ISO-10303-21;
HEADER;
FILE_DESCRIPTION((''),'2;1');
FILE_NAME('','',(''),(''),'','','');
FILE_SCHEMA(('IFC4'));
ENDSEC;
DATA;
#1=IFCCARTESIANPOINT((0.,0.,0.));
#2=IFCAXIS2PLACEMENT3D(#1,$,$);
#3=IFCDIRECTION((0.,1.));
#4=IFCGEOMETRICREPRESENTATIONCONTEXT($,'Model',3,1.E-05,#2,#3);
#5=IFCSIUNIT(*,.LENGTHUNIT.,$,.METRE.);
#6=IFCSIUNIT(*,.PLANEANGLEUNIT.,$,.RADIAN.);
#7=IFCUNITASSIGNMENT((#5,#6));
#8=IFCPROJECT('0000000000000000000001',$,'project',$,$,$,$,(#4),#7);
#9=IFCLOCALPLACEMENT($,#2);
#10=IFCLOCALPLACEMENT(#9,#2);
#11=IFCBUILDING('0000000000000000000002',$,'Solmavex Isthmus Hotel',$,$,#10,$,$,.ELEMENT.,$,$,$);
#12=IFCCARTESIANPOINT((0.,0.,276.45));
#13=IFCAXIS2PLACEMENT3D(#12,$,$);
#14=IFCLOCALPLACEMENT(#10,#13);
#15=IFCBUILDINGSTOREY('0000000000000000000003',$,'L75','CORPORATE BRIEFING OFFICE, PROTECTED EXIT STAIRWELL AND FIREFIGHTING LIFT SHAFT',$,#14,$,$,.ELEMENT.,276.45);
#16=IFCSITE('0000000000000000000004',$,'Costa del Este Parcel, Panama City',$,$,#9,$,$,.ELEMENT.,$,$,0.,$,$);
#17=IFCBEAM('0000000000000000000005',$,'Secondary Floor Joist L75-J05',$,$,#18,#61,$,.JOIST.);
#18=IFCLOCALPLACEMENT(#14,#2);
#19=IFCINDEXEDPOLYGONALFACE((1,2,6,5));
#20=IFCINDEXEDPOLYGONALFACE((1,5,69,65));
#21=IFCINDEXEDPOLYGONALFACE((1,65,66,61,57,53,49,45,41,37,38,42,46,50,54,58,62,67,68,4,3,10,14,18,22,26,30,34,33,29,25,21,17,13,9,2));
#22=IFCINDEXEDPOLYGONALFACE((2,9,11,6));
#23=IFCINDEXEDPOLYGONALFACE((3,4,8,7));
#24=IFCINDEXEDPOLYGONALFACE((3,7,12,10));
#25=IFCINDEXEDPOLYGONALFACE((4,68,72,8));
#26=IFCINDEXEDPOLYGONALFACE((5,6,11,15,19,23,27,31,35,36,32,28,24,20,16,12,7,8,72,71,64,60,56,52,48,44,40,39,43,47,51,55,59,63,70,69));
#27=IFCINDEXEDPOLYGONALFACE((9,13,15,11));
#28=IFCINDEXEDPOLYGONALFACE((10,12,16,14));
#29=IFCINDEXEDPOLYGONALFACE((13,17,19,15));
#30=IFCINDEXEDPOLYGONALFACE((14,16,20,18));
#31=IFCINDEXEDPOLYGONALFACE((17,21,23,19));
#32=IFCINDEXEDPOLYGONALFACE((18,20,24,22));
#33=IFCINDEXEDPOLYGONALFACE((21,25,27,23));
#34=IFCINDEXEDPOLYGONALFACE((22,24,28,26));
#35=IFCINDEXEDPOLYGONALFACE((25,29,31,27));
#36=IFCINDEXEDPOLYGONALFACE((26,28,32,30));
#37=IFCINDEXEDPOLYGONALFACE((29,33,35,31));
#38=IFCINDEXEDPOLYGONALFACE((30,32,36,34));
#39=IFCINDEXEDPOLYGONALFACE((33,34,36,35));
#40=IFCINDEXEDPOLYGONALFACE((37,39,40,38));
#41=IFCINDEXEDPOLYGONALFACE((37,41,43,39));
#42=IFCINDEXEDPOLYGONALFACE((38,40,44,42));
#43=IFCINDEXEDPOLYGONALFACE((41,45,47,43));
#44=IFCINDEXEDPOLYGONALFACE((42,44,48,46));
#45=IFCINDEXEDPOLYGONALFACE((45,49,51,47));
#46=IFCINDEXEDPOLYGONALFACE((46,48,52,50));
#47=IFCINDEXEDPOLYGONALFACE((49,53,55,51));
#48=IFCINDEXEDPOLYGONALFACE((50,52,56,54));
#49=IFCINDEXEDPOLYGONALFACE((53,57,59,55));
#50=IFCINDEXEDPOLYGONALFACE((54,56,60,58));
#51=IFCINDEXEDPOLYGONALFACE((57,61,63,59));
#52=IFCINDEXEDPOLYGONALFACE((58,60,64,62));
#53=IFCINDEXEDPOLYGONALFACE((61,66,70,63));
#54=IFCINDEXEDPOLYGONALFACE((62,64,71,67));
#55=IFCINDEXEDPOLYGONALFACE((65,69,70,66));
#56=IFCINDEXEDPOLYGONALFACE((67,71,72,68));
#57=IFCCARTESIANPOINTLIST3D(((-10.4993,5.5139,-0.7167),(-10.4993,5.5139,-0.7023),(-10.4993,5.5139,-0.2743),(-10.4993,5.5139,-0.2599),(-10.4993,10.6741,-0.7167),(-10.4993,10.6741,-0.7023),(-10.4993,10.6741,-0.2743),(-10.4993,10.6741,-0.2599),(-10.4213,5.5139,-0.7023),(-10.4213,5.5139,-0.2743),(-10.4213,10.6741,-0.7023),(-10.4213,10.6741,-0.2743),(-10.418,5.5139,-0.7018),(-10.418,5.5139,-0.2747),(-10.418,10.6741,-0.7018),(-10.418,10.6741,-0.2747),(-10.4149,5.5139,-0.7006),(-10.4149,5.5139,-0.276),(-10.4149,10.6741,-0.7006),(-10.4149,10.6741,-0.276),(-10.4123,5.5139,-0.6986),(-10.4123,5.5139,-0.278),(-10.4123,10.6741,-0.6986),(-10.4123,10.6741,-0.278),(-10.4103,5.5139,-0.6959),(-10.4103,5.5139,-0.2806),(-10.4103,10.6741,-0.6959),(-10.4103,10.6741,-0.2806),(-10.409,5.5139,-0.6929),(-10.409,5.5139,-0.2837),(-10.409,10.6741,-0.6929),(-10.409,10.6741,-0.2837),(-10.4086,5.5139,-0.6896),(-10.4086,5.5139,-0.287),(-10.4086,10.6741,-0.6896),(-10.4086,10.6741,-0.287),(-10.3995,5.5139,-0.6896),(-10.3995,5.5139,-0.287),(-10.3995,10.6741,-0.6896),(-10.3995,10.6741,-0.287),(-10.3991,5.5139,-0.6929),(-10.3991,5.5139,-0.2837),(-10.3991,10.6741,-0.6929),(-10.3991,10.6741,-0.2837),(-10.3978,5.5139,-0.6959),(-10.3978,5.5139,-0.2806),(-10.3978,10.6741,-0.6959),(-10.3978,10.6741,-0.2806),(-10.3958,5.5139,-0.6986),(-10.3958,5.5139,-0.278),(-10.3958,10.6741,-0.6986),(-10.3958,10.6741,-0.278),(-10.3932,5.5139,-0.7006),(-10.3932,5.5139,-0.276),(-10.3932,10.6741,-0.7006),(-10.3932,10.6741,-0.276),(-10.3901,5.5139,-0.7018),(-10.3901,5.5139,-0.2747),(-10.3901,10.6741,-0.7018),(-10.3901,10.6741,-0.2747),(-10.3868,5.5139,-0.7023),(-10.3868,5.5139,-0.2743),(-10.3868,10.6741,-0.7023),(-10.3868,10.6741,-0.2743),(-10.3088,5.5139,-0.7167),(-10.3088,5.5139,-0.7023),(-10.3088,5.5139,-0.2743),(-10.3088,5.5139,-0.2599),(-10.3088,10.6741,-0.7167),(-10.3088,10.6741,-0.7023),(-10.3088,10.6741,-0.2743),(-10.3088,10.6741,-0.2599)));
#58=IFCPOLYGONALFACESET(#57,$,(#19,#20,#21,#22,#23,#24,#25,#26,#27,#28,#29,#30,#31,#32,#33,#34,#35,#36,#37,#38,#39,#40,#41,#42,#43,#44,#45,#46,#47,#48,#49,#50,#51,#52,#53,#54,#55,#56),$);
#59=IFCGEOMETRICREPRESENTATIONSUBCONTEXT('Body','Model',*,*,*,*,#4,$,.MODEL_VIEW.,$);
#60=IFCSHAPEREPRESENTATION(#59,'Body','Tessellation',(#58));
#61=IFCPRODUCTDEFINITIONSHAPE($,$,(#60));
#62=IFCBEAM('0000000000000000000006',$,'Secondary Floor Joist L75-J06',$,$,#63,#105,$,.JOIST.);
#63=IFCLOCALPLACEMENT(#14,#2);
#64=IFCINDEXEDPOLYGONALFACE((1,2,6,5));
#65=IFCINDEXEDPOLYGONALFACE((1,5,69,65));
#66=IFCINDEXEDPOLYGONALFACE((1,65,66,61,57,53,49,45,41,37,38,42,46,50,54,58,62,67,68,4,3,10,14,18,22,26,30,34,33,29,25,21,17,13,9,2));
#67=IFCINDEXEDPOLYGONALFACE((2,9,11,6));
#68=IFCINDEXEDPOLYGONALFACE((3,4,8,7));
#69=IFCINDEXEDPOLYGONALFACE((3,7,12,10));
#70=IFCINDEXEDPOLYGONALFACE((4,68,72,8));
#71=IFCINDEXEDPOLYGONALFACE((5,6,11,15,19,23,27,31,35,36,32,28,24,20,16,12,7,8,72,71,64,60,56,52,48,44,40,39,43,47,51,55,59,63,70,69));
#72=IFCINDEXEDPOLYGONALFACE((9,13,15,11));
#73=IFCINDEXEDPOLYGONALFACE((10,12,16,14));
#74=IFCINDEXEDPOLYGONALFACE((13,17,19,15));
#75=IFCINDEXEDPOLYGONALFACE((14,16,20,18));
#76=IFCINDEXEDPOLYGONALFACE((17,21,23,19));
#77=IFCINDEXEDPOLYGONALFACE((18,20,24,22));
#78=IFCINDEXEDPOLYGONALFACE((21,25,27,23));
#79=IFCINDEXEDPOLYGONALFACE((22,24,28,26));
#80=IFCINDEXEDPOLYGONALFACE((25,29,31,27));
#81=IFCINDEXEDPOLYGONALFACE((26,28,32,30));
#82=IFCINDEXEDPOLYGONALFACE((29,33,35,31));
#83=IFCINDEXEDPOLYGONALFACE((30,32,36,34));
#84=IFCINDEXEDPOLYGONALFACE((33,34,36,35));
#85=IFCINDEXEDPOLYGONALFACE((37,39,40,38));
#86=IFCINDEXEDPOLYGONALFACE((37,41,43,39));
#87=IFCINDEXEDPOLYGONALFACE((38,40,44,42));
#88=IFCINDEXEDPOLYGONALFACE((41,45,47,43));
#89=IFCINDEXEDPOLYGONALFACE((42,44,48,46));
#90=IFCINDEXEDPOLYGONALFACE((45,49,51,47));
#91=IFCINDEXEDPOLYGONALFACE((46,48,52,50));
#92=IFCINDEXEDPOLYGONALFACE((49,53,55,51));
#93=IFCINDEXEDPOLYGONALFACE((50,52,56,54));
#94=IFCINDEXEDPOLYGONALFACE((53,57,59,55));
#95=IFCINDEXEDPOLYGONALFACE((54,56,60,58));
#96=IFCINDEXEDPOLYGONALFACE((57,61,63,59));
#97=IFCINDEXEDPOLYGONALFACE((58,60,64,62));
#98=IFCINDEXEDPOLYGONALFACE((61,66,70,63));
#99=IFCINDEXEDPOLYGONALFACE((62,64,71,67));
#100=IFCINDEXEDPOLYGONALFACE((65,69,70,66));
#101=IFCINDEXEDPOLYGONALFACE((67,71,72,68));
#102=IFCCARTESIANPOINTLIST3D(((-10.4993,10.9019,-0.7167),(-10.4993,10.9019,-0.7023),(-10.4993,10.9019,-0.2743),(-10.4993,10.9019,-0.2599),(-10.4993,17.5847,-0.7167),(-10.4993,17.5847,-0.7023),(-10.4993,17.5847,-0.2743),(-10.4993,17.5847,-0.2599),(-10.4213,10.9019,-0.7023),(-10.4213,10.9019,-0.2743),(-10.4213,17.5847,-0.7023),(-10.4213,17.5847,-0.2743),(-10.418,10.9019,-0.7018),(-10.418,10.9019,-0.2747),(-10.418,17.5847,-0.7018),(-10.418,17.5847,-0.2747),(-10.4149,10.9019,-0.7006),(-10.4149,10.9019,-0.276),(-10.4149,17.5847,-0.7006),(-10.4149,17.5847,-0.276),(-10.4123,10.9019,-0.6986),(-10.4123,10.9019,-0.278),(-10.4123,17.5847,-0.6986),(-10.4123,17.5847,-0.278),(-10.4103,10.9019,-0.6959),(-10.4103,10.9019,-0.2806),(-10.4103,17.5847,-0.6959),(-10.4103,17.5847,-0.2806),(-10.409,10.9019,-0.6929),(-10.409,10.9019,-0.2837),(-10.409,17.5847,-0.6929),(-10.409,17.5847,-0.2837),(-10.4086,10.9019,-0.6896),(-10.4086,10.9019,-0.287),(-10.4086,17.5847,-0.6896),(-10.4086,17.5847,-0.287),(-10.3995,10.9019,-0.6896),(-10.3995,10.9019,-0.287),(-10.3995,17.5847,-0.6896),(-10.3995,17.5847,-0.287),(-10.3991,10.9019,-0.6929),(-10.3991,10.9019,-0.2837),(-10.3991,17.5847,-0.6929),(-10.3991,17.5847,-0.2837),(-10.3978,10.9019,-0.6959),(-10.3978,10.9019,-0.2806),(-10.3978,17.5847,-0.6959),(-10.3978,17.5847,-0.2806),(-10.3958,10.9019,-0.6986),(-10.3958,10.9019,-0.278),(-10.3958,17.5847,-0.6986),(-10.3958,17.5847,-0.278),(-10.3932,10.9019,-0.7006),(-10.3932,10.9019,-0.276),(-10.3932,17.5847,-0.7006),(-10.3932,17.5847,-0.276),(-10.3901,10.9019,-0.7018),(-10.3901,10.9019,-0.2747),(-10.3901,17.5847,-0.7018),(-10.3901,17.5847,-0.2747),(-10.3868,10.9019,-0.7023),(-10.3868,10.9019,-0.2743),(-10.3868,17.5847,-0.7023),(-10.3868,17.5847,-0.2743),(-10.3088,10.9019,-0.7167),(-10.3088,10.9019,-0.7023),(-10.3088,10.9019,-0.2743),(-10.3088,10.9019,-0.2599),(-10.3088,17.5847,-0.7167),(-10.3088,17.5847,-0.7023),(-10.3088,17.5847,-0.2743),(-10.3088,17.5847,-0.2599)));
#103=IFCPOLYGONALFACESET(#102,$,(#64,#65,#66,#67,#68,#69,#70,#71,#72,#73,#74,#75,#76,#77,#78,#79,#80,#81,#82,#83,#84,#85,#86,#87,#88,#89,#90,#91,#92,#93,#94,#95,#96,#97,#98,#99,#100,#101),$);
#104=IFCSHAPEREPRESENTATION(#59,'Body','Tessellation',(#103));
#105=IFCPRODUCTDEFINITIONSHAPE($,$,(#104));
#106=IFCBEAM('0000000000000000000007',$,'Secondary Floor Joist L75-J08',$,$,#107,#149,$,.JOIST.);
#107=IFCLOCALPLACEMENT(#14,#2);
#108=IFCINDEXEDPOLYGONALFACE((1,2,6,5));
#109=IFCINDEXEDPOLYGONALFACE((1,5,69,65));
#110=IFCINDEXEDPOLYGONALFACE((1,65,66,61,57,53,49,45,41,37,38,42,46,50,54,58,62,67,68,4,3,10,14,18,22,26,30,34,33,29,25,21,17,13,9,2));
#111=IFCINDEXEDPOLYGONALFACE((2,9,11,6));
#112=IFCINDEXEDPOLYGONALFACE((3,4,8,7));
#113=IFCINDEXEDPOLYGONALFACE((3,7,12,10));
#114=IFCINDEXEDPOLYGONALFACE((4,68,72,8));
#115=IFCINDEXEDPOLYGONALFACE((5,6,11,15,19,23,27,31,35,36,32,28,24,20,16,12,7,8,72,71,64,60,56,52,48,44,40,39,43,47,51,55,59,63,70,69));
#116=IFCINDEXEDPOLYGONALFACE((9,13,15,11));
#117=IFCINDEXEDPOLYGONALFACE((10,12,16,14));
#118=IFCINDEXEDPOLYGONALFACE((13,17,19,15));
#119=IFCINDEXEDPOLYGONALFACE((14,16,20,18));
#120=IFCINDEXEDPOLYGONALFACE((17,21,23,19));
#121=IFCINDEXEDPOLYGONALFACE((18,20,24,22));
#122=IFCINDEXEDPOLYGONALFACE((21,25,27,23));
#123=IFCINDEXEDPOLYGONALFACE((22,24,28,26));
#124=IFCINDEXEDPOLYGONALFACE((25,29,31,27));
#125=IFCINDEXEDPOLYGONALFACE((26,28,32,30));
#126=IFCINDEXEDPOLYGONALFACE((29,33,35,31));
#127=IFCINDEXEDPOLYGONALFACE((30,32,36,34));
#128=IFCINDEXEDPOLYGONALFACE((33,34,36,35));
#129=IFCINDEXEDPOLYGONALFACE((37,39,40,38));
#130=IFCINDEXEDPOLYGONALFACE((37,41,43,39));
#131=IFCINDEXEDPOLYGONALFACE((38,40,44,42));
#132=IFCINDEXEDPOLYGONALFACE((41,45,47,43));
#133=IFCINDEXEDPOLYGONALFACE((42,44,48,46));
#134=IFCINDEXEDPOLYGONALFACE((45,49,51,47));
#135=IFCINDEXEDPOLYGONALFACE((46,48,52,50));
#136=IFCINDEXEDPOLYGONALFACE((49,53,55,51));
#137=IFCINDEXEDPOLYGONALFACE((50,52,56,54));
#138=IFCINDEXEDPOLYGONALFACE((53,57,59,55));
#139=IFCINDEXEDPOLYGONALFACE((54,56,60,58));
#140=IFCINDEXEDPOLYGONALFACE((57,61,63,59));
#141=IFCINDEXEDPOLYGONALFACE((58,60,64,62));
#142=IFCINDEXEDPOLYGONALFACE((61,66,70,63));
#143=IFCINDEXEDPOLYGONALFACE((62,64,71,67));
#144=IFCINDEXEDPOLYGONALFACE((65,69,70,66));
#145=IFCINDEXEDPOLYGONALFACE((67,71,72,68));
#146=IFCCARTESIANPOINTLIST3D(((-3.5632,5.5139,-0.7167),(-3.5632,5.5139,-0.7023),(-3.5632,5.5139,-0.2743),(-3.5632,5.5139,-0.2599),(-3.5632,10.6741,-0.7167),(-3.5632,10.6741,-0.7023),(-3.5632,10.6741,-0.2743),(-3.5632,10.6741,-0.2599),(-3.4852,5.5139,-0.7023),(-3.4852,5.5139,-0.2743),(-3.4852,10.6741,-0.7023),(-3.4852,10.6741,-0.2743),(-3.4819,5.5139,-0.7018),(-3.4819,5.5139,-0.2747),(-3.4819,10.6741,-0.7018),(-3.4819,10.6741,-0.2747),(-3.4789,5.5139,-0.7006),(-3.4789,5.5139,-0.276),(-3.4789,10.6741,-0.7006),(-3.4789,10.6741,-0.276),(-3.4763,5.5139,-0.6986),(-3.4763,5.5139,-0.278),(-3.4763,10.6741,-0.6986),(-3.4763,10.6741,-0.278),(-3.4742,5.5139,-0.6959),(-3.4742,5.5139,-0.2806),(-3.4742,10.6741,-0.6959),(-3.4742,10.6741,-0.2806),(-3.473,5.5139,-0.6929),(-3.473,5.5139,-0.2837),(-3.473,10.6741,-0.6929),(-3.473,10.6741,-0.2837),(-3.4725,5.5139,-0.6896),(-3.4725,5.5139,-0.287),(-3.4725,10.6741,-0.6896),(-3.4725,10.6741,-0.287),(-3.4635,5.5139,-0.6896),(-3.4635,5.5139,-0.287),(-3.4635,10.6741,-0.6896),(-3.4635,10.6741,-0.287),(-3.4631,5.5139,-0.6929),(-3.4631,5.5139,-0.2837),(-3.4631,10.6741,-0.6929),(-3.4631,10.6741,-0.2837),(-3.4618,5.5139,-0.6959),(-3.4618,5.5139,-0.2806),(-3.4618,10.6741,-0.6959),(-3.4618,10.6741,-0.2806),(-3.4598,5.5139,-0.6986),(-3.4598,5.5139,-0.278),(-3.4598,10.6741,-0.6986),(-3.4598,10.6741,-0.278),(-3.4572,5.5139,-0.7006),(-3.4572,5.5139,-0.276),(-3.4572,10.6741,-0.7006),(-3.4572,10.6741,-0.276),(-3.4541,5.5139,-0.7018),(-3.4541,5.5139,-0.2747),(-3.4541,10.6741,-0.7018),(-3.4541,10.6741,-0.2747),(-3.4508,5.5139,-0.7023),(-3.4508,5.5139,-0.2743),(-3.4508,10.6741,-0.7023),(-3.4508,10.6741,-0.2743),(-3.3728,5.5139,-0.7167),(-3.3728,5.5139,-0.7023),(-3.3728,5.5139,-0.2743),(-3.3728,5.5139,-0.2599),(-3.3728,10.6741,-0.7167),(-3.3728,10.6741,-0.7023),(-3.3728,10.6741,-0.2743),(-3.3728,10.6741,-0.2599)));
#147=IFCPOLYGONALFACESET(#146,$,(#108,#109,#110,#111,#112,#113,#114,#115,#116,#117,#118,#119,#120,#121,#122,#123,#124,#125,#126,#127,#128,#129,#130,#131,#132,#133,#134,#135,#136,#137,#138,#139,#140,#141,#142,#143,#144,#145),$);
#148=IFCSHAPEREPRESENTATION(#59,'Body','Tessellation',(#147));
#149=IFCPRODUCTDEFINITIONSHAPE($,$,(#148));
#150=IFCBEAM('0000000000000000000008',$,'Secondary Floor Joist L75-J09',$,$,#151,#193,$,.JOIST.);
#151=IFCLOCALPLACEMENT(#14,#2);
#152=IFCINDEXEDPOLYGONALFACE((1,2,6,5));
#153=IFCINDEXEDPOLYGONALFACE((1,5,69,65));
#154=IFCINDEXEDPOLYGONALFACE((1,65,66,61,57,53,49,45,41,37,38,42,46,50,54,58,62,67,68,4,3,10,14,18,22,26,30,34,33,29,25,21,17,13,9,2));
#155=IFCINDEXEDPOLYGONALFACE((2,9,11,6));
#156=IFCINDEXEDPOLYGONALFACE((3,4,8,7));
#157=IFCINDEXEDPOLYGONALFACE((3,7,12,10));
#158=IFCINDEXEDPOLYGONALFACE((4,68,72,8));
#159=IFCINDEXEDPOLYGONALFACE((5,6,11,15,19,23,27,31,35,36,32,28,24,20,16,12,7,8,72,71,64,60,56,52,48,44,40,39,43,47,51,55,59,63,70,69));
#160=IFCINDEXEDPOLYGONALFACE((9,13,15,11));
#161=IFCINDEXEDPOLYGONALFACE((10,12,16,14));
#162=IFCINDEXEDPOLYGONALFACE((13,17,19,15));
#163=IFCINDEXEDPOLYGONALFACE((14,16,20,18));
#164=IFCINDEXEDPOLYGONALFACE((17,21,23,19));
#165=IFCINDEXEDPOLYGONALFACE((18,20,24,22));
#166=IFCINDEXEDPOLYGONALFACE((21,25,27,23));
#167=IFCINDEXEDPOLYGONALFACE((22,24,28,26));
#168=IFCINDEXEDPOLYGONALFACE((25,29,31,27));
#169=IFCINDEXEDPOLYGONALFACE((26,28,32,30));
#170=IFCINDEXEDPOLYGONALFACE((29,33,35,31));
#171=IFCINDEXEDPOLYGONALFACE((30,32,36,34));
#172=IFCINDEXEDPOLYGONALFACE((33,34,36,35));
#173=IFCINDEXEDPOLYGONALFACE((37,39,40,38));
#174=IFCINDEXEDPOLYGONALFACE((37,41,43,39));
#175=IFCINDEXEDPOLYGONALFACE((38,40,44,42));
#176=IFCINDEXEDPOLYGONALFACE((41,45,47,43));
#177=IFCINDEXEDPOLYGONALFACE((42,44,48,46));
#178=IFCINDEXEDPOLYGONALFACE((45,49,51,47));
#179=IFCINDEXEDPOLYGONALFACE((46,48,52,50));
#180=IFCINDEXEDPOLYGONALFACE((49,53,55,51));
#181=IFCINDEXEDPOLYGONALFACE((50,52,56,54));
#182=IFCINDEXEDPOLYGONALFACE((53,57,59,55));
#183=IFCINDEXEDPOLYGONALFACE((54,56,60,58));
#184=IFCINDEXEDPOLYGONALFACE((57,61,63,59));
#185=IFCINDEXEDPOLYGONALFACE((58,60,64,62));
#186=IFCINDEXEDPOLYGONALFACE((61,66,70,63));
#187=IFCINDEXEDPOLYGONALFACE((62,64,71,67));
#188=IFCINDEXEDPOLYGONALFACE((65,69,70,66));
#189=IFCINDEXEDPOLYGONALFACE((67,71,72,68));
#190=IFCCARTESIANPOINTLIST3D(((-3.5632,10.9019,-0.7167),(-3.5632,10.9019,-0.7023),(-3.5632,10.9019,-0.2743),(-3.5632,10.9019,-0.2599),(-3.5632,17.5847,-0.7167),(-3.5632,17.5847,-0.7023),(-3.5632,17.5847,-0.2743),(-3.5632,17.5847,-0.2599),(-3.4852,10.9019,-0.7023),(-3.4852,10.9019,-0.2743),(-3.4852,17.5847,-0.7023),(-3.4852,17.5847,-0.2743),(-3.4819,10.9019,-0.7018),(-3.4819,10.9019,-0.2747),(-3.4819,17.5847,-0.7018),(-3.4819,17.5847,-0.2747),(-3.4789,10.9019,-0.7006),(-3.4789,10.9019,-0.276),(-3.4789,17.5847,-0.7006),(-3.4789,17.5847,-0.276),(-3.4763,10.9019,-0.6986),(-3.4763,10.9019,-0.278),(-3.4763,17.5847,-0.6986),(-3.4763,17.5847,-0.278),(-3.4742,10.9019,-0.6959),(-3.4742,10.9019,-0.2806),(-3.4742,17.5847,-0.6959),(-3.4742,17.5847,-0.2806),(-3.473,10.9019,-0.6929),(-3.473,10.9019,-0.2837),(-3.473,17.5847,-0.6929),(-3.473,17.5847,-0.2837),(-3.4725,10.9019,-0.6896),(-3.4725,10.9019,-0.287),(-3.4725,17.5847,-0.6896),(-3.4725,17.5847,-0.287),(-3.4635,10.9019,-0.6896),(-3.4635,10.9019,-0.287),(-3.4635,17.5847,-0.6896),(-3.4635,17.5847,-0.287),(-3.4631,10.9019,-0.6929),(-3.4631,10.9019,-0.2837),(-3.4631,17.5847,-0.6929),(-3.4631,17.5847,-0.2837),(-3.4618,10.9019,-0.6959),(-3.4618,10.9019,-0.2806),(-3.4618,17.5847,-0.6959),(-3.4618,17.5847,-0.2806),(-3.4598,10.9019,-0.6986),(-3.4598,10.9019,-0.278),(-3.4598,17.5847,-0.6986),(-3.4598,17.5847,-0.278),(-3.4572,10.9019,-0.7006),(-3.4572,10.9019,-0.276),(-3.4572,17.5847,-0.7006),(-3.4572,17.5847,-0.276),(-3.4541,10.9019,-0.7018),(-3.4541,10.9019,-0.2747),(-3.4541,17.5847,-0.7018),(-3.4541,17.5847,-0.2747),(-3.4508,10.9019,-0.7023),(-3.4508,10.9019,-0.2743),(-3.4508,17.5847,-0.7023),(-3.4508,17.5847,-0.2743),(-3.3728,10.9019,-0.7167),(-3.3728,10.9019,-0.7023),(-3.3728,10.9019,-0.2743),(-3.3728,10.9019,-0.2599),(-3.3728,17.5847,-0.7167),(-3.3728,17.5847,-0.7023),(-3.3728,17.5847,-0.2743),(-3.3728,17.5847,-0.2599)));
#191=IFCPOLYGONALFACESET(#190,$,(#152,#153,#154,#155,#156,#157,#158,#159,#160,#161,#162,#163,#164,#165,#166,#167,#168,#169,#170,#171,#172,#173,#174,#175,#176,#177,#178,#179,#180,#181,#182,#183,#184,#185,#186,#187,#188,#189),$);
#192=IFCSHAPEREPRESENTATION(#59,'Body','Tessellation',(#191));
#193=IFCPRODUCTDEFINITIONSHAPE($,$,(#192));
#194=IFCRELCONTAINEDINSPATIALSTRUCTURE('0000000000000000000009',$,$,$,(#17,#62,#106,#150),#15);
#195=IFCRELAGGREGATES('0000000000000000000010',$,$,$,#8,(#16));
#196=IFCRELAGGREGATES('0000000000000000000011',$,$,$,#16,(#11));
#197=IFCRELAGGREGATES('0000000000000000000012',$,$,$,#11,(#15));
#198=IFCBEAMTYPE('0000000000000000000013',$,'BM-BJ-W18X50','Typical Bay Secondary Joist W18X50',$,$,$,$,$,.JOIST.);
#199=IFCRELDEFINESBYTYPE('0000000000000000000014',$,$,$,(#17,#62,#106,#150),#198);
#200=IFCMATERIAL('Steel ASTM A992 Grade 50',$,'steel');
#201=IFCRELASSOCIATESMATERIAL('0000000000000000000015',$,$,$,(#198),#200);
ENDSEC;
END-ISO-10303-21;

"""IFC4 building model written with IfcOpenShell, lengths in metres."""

from ifc_helpers import new_model, si_unit, direction, frame, origin, origin_2d, place, context, subcontext, project, spatial, i_section, extrude, material, material_profile, profile_set, type_object, element, save


model = new_model("IFC4")

# Units and contexts
model_context = context("Model", 3, precision=1e-05, world=origin(), true_north=direction((0.0, 1.0)))
body_context = subcontext(model_context, "Body", "Model", "MODEL_VIEW")
ifc_project = project(units=[si_unit("LENGTHUNIT", "METRE"), si_unit("PLANEANGLEUNIT", "RADIAN")], contexts=[model_context])

# Site, building, storey
site_placement = place(None, origin())
site = spatial("IfcSite", under=ifc_project, at=site_placement, Name="Costa del Este Parcel, Panama City", CompositionType="ELEMENT", RefElevation=0.0)
building_placement = place(site_placement, origin())
building = spatial("IfcBuilding", under=site, at=building_placement, Name="Solmavex Isthmus Hotel", CompositionType="ELEMENT")
storey_placement = place(building_placement, frame((0.0, 0.0, 276.45)))
storey = spatial("IfcBuildingStorey", under=building, at=storey_placement, Name="L75", Description="CORPORATE BRIEFING OFFICE, PROTECTED EXIT STAIRWELL AND FIREFIGHTING LIFT SHAFT", CompositionType="ELEMENT", Elevation=276.45)

# Beams
ifc_material_1 = material(Name="Steel ASTM A992 Grade 50", Category="steel")
ifc_material_profile_1 = material_profile(ifc_material_1, i_section(OverallWidth=0.1904, OverallDepth=0.4568, WebThickness=0.009, FlangeThickness=0.0144, FilletRadius=0.0127, at=origin_2d()), Name="W18X50")
ifc_profile_set_1 = profile_set([ifc_material_profile_1], Name="Steel ASTM A992 Grade 50")
beam_type_1 = type_object("IfcBeamType", Name="BM-BJ-W18X50", Description="Typical Bay Secondary Joist W18X50", PredefinedType="JOIST", material=ifc_profile_set_1)
beam_1_placement = place(storey_placement, frame((-10.4041, 5.5139, -0.4883), z_axis=(0.0, 1.0, 0.0), x_axis=(-1.0, 0.0, 0.0)))
element("IfcBeam", 1, at=beam_1_placement, inside=storey, type_object=beam_type_1, Name="Secondary Floor Joist L75-J05", PredefinedType="JOIST", context=body_context, shape_type="SweptSolid", body=[
    extrude(i_section(OverallWidth=0.1904, OverallDepth=0.4568, WebThickness=0.009, FlangeThickness=0.0144, FilletRadius=0.0127, at=origin_2d()), origin(), (0.0, 0.0, 1.0), 5.1602),
])
beam_2_placement = place(storey_placement, frame((-10.4041, 10.9019, -0.4883), z_axis=(0.0, 1.0, 0.0), x_axis=(-1.0, 0.0, 0.0)))
element("IfcBeam", 2, at=beam_2_placement, inside=storey, type_object=beam_type_1, Name="Secondary Floor Joist L75-J06", PredefinedType="JOIST", context=body_context, shape_type="SweptSolid", body=[
    extrude(i_section(OverallWidth=0.1904, OverallDepth=0.4568, WebThickness=0.009, FlangeThickness=0.0144, FilletRadius=0.0127, at=origin_2d()), origin(), (0.0, 0.0, 1.0), 6.6829),
])
beam_3_placement = place(storey_placement, frame((-3.468, 5.5139, -0.4883), z_axis=(0.0, 1.0, 0.0), x_axis=(-1.0, 0.0, 0.0)))
element("IfcBeam", 3, at=beam_3_placement, inside=storey, type_object=beam_type_1, Name="Secondary Floor Joist L75-J08", PredefinedType="JOIST", context=body_context, shape_type="SweptSolid", body=[
    extrude(i_section(OverallWidth=0.1904, OverallDepth=0.4568, WebThickness=0.009, FlangeThickness=0.0144, FilletRadius=0.0127, at=origin_2d()), origin(), (0.0, 0.0, 1.0), 5.1602),
])
beam_4_placement = place(storey_placement, frame((-3.468, 10.9019, -0.4883), z_axis=(0.0, 1.0, 0.0), x_axis=(-1.0, 0.0, 0.0)))
element("IfcBeam", 4, at=beam_4_placement, inside=storey, type_object=beam_type_1, Name="Secondary Floor Joist L75-J09", PredefinedType="JOIST", context=body_context, shape_type="SweptSolid", body=[
    extrude(i_section(OverallWidth=0.1904, OverallDepth=0.4568, WebThickness=0.009, FlangeThickness=0.0144, FilletRadius=0.0127, at=origin_2d()), origin(), (0.0, 0.0, 1.0), 6.6829),
])

save(model, "model.ifc")
